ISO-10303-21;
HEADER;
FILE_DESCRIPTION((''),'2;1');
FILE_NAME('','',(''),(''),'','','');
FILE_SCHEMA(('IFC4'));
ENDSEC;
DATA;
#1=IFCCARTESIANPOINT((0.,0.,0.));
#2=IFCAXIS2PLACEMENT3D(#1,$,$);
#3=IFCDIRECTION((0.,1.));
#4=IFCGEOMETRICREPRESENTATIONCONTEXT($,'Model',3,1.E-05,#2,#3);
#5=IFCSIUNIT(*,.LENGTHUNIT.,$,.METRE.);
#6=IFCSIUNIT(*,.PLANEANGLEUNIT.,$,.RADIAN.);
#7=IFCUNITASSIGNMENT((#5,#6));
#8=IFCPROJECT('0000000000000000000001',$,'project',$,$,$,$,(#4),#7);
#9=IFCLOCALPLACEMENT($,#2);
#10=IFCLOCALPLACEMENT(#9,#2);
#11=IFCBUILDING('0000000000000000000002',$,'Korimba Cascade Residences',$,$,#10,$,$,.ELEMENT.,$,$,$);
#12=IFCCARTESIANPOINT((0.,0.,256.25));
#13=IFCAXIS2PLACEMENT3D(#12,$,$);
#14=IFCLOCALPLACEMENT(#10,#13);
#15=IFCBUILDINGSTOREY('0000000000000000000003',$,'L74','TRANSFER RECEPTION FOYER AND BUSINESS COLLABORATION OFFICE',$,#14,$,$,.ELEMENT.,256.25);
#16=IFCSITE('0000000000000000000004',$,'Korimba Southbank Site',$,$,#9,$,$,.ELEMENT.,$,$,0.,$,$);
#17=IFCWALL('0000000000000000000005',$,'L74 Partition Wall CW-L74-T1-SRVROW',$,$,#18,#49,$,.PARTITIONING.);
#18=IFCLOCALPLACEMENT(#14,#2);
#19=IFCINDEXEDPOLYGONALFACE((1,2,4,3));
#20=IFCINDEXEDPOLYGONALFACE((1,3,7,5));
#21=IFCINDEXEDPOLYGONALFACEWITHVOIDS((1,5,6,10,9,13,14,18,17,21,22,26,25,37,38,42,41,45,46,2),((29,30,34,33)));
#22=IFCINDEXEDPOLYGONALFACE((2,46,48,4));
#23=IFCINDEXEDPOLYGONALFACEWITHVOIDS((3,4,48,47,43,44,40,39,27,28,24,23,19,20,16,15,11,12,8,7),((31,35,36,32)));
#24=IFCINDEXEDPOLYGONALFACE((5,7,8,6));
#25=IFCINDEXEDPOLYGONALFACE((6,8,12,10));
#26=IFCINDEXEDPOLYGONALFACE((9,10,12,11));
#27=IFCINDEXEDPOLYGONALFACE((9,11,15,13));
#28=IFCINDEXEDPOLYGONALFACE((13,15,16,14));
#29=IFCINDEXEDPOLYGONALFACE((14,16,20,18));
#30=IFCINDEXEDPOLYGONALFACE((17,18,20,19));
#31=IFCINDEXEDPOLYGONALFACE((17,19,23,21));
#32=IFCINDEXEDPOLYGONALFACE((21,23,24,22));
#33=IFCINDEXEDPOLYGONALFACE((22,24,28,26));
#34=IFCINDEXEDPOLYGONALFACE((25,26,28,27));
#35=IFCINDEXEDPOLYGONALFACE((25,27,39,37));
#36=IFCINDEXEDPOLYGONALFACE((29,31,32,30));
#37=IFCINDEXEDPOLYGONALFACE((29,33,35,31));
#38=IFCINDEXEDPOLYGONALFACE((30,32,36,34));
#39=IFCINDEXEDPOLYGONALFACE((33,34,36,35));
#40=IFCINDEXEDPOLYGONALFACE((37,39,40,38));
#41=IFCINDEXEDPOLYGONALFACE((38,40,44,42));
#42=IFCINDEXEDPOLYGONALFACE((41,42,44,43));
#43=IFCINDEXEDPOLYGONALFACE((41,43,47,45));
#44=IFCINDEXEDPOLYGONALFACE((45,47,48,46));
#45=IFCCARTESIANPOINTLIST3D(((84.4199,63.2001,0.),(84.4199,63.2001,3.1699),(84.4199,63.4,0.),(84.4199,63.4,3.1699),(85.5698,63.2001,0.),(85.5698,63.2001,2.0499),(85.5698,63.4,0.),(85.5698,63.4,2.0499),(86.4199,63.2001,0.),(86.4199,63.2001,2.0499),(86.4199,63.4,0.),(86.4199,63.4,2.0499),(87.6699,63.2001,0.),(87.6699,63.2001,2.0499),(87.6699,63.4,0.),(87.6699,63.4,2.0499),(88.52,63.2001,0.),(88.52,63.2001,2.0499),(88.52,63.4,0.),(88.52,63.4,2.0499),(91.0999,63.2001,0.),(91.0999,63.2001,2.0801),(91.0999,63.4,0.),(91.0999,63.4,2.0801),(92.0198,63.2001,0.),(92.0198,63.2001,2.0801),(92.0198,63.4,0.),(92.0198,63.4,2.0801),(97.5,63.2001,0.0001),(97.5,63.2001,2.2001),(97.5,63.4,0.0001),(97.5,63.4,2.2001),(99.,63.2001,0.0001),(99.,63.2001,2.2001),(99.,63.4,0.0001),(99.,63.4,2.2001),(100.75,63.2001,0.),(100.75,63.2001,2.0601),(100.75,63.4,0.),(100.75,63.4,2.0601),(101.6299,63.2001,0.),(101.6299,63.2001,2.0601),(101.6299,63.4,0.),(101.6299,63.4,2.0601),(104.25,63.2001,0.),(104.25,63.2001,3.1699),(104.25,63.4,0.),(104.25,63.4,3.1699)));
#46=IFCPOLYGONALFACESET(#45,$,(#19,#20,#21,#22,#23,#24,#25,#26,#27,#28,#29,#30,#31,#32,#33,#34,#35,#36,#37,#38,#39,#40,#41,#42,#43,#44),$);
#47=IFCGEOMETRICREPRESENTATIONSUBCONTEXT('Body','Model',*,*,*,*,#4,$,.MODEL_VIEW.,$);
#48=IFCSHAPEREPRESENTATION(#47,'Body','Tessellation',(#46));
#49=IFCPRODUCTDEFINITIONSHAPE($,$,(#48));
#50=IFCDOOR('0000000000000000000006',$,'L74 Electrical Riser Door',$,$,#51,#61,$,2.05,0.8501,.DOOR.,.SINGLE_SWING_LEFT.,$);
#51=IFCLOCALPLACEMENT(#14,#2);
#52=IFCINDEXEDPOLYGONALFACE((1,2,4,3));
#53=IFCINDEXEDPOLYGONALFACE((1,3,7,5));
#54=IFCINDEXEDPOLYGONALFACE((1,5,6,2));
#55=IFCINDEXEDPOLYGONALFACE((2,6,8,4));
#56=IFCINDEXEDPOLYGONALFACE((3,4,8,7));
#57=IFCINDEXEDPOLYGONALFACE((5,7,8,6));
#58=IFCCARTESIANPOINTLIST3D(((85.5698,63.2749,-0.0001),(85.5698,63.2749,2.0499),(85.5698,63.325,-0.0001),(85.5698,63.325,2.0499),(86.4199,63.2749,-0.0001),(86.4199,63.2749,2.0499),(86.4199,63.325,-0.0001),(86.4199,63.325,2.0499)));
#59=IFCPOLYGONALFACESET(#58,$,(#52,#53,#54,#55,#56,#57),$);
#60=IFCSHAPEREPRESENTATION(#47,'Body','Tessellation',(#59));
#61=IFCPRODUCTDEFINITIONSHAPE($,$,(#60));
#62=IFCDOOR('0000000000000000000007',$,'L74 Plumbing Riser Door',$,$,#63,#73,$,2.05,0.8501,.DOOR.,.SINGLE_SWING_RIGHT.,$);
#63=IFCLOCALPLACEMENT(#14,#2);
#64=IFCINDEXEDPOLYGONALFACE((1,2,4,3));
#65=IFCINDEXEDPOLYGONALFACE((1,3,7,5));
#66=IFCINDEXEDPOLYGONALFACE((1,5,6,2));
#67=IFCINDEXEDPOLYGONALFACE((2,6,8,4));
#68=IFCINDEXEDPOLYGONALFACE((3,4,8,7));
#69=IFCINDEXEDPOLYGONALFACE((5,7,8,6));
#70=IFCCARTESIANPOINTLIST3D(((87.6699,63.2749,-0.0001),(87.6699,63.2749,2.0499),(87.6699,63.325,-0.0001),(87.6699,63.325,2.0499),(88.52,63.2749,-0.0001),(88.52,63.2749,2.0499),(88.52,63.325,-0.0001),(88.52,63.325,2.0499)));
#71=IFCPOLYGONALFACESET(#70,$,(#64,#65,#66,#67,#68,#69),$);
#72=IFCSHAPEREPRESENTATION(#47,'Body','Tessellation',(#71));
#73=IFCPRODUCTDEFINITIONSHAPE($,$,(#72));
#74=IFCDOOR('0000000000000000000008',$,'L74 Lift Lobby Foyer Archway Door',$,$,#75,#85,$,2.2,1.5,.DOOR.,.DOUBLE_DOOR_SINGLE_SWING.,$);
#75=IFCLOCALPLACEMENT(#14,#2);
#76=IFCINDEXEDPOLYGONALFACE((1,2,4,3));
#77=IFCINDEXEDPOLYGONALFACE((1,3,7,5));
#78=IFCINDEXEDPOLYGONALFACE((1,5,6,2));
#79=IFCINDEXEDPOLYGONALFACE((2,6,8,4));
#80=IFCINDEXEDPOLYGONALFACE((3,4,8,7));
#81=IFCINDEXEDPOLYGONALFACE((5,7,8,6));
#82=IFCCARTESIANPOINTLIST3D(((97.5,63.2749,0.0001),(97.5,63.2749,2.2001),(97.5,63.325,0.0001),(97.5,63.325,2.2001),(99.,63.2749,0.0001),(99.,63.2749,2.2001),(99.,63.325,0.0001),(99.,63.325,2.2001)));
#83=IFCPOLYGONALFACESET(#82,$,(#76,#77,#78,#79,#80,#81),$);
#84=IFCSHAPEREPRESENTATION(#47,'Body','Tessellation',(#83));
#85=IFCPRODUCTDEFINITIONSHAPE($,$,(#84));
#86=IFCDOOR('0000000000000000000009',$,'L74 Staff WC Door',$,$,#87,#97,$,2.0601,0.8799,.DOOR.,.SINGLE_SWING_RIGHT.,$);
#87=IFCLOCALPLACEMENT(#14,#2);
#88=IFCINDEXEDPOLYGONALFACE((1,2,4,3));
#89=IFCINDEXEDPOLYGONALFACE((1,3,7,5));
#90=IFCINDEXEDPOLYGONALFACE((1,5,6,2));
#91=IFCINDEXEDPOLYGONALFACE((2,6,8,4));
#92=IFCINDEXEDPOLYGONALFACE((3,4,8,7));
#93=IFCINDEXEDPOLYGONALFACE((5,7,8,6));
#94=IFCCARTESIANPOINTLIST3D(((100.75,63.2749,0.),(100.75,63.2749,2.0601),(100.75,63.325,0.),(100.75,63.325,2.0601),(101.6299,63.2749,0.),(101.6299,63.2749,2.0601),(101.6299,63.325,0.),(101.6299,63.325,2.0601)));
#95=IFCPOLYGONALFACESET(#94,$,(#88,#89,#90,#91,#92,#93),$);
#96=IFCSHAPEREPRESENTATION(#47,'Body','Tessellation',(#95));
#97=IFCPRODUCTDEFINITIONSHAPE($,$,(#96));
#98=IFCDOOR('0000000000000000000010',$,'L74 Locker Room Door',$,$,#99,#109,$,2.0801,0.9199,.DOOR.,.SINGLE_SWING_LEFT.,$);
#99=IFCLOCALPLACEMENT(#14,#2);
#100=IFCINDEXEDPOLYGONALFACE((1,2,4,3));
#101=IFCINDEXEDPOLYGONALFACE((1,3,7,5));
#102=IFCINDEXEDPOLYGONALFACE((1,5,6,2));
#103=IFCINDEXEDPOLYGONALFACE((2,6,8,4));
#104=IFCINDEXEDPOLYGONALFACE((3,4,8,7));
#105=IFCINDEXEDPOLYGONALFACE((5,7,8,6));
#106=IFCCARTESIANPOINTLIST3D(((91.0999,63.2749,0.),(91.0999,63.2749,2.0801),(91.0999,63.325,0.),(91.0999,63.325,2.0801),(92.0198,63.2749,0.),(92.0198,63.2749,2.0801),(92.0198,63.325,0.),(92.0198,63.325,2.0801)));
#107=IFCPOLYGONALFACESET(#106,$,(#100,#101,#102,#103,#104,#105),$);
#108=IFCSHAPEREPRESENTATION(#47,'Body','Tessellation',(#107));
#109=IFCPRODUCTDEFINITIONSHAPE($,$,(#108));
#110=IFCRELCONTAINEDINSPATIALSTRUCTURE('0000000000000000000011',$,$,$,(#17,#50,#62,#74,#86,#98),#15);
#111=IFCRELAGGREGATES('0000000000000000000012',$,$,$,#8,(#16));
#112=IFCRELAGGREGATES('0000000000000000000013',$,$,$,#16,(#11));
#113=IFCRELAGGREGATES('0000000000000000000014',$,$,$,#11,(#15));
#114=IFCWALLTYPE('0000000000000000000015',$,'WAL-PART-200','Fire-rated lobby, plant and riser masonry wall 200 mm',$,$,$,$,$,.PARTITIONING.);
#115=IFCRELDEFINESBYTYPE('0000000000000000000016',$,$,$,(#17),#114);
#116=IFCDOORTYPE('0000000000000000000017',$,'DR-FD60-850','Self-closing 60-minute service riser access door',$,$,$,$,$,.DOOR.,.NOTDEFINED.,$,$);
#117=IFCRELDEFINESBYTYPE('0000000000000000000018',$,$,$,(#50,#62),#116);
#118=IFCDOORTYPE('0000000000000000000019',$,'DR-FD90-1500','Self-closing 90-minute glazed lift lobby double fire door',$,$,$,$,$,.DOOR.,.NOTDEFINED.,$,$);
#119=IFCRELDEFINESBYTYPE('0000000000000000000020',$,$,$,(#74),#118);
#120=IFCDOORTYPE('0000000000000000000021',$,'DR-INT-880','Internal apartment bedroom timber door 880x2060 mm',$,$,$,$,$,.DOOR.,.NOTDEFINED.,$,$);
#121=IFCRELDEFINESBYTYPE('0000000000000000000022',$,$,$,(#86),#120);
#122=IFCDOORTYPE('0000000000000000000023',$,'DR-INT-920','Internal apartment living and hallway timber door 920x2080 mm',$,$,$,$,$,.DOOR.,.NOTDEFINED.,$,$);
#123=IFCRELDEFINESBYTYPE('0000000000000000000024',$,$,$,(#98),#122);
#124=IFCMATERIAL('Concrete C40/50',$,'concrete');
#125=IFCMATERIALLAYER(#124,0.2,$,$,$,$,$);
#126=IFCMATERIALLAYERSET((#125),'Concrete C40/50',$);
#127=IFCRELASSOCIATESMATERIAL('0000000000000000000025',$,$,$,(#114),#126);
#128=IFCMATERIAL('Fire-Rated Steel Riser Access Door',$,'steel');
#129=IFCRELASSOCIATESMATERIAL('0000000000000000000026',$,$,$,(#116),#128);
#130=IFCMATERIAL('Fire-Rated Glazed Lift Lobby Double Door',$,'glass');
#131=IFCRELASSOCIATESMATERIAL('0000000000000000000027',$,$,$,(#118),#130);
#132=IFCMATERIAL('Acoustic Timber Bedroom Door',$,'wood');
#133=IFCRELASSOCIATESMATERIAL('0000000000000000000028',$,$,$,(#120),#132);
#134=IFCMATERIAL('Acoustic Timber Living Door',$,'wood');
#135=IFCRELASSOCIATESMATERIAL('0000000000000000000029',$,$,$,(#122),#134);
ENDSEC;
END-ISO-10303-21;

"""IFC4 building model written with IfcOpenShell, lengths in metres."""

from ifc_helpers import new_model, si_unit, direction, frame, frame_2d, origin, place, context, subcontext, project, spatial, rectangle, extrude, material, layer, layer_set, type_object, element, fill, save


model = new_model("IFC4")

# Units and contexts
model_context = context("Model", 3, precision=1e-05, world=origin(), true_north=direction((0.0, 1.0)))
body_context = subcontext(model_context, "Body", "Model", "MODEL_VIEW")
ifc_project = project(units=[si_unit("LENGTHUNIT", "METRE"), si_unit("PLANEANGLEUNIT", "RADIAN")], contexts=[model_context])

# Site, building, storey
site_placement = place(None, origin())
site = spatial("IfcSite", under=ifc_project, at=site_placement, Name="Korimba Southbank Site", CompositionType="ELEMENT", RefElevation=0.0)
building_placement = place(site_placement, origin())
building = spatial("IfcBuilding", under=site, at=building_placement, Name="Korimba Cascade Residences", CompositionType="ELEMENT")
storey_placement = place(building_placement, frame((0.0, 0.0, 256.25)))
storey = spatial("IfcBuildingStorey", under=building, at=storey_placement, Name="L74", Description="TRANSFER RECEPTION FOYER AND BUSINESS COLLABORATION OFFICE", CompositionType="ELEMENT", Elevation=256.25)

# Shared definitions
ifc_material_1 = material(Name="Concrete C40/50", Category="concrete")
ifc_layer_1 = layer(ifc_material_1, 0.2)
ifc_layer_set_1 = layer_set([ifc_layer_1], Name="Concrete C40/50")
wall_type_1 = type_object("IfcWallType", Name="WAL-PART-200", Description="Fire-rated lobby, plant and riser masonry wall 200 mm", PredefinedType="PARTITIONING", material=ifc_layer_set_1)

# Wall, openings, doors
wall_1_placement = place(storey_placement, frame((84.4199, 63.3, 0.0), z_axis=(0.0, 0.0, 1.0), x_axis=(1.0, 0.0, 0.0)))
wall_1 = element("IfcWall", 1, at=wall_1_placement, inside=storey, type_object=wall_type_1, Name="L74 Partition Wall CW-L74-T1-SRVROW", PredefinedType="PARTITIONING", context=body_context, shape_type="SweptSolid", body=[
    extrude(rectangle(XDim=19.8301, YDim=0.2, at=frame_2d((9.915, 0.0))), origin(), (0.0, 0.0, 1.0), 3.1699),
])
opening_1_placement = place(wall_1_placement, frame((1.1499, 0.0, 0.0)))
opening_1 = element("IfcOpeningElement", 2, at=opening_1_placement, cuts=wall_1, PredefinedType="OPENING", context=body_context, shape_type="SweptSolid", body=[
    extrude(rectangle(XDim=0.8501, YDim=2.05, at=frame_2d((0.425, 1.0249))), frame((0.0, 0.1099, 0.0), z_axis=(0.0, -1.0, 0.0), x_axis=(1.0, 0.0, 0.0)), (0.0, 0.0, 1.0), 0.22),
])
opening_2_placement = place(wall_1_placement, frame((3.25, 0.0, 0.0)))
opening_2 = element("IfcOpeningElement", 3, at=opening_2_placement, cuts=wall_1, PredefinedType="OPENING", context=body_context, shape_type="SweptSolid", body=[
    extrude(rectangle(XDim=0.8501, YDim=2.05, at=frame_2d((0.425, 1.0249))), frame((0.0, 0.1099, 0.0), z_axis=(0.0, -1.0, 0.0), x_axis=(1.0, 0.0, 0.0)), (0.0, 0.0, 1.0), 0.22),
])
opening_3_placement = place(wall_1_placement, frame((13.0801, 0.0, 0.0)))
opening_3 = element("IfcOpeningElement", 4, at=opening_3_placement, cuts=wall_1, PredefinedType="OPENING", context=body_context, shape_type="SweptSolid", body=[
    extrude(rectangle(XDim=1.5, YDim=2.2, at=frame_2d((0.75, 1.1001))), frame((0.0, 0.1099, 0.0), z_axis=(0.0, -1.0, 0.0), x_axis=(1.0, 0.0, 0.0)), (0.0, 0.0, 1.0), 0.22),
])
opening_4_placement = place(wall_1_placement, frame((6.6799, 0.0, 0.0)))
opening_4 = element("IfcOpeningElement", 5, at=opening_4_placement, cuts=wall_1, PredefinedType="OPENING", context=body_context, shape_type="SweptSolid", body=[
    extrude(rectangle(XDim=0.9199, YDim=2.0801, at=frame_2d((0.46, 1.04))), frame((0.0, 0.1099, 0.0), z_axis=(0.0, -1.0, 0.0), x_axis=(1.0, 0.0, 0.0)), (0.0, 0.0, 1.0), 0.22),
])
opening_5_placement = place(wall_1_placement, frame((16.3301, 0.0, 0.0)))
opening_5 = element("IfcOpeningElement", 6, at=opening_5_placement, cuts=wall_1, PredefinedType="OPENING", context=body_context, shape_type="SweptSolid", body=[
    extrude(rectangle(XDim=0.8799, YDim=2.0601, at=frame_2d((0.4399, 1.03))), frame((0.0, 0.1099, 0.0), z_axis=(0.0, -1.0, 0.0), x_axis=(1.0, 0.0, 0.0)), (0.0, 0.0, 1.0), 0.22),
])
ifc_material_2 = material(Name="Fire-Rated Steel Riser Access Door", Category="steel")
door_type_1 = type_object("IfcDoorType", Name="DR-FD60-850", Description="Self-closing 60-minute service riser access door", OperationType="NOTDEFINED", PredefinedType="DOOR", material=ifc_material_2)
door_1_placement = place(opening_1_placement, origin())
door_1 = element("IfcDoor", 7, at=door_1_placement, inside=storey, type_object=door_type_1, Name="L74 Electrical Riser Door", OperationType="SINGLE_SWING_LEFT", OverallHeight=2.05, OverallWidth=0.8501, PredefinedType="DOOR", context=body_context, shape_type="SweptSolid", body=[
    extrude(rectangle(XDim=0.8501, YDim=2.05, at=frame_2d((0.425, 1.0249))), frame((0.0, 0.0249, 0.0), z_axis=(0.0, -1.0, 0.0), x_axis=(1.0, 0.0, 0.0)), (0.0, 0.0, 1.0), 0.05),
])
fill(opening_1, door_1)
door_2_placement = place(opening_2_placement, origin())
door_2 = element("IfcDoor", 8, at=door_2_placement, inside=storey, type_object=door_type_1, Name="L74 Plumbing Riser Door", OperationType="SINGLE_SWING_RIGHT", OverallHeight=2.05, OverallWidth=0.8501, PredefinedType="DOOR", context=body_context, shape_type="SweptSolid", body=[
    extrude(rectangle(XDim=0.8501, YDim=2.05, at=frame_2d((0.425, 1.0249))), frame((0.0, 0.0249, 0.0), z_axis=(0.0, -1.0, 0.0), x_axis=(1.0, 0.0, 0.0)), (0.0, 0.0, 1.0), 0.05),
])
fill(opening_2, door_2)
ifc_material_3 = material(Name="Fire-Rated Glazed Lift Lobby Double Door", Category="glass")
door_type_2 = type_object("IfcDoorType", Name="DR-FD90-1500", Description="Self-closing 90-minute glazed lift lobby double fire door", OperationType="NOTDEFINED", PredefinedType="DOOR", material=ifc_material_3)
door_3_placement = place(opening_3_placement, origin())
door_3 = element("IfcDoor", 9, at=door_3_placement, inside=storey, type_object=door_type_2, Name="L74 Lift Lobby Foyer Archway Door", OperationType="DOUBLE_DOOR_SINGLE_SWING", OverallHeight=2.2, OverallWidth=1.5, PredefinedType="DOOR", context=body_context, shape_type="SweptSolid", body=[
    extrude(rectangle(XDim=1.5, YDim=2.2, at=frame_2d((0.75, 1.1001))), frame((0.0, 0.0249, 0.0), z_axis=(0.0, -1.0, 0.0), x_axis=(1.0, 0.0, 0.0)), (0.0, 0.0, 1.0), 0.05),
])
fill(opening_3, door_3)
ifc_material_4 = material(Name="Acoustic Timber Bedroom Door", Category="wood")
door_type_3 = type_object("IfcDoorType", Name="DR-INT-880", Description="Internal apartment bedroom timber door 880x2060 mm", OperationType="NOTDEFINED", PredefinedType="DOOR", material=ifc_material_4)
door_4_placement = place(opening_5_placement, origin())
door_4 = element("IfcDoor", 10, at=door_4_placement, inside=storey, type_object=door_type_3, Name="L74 Staff WC Door", OperationType="SINGLE_SWING_RIGHT", OverallHeight=2.0601, OverallWidth=0.8799, PredefinedType="DOOR", context=body_context, shape_type="SweptSolid", body=[
    extrude(rectangle(XDim=0.8799, YDim=2.0601, at=frame_2d((0.4399, 1.03))), frame((0.0, 0.0249, 0.0), z_axis=(0.0, -1.0, 0.0), x_axis=(1.0, 0.0, 0.0)), (0.0, 0.0, 1.0), 0.05),
])
fill(opening_5, door_4)
ifc_material_5 = material(Name="Acoustic Timber Living Door", Category="wood")
door_type_4 = type_object("IfcDoorType", Name="DR-INT-920", Description="Internal apartment living and hallway timber door 920x2080 mm", OperationType="NOTDEFINED", PredefinedType="DOOR", material=ifc_material_5)
door_5_placement = place(opening_4_placement, origin())
door_5 = element("IfcDoor", 11, at=door_5_placement, inside=storey, type_object=door_type_4, Name="L74 Locker Room Door", OperationType="SINGLE_SWING_LEFT", OverallHeight=2.0801, OverallWidth=0.9199, PredefinedType="DOOR", context=body_context, shape_type="SweptSolid", body=[
    extrude(rectangle(XDim=0.9199, YDim=2.0801, at=frame_2d((0.46, 1.04))), frame((0.0, 0.0249, 0.0), z_axis=(0.0, -1.0, 0.0), x_axis=(1.0, 0.0, 0.0)), (0.0, 0.0, 1.0), 0.05),
])
fill(opening_4, door_5)

save(model, "model.ifc")
